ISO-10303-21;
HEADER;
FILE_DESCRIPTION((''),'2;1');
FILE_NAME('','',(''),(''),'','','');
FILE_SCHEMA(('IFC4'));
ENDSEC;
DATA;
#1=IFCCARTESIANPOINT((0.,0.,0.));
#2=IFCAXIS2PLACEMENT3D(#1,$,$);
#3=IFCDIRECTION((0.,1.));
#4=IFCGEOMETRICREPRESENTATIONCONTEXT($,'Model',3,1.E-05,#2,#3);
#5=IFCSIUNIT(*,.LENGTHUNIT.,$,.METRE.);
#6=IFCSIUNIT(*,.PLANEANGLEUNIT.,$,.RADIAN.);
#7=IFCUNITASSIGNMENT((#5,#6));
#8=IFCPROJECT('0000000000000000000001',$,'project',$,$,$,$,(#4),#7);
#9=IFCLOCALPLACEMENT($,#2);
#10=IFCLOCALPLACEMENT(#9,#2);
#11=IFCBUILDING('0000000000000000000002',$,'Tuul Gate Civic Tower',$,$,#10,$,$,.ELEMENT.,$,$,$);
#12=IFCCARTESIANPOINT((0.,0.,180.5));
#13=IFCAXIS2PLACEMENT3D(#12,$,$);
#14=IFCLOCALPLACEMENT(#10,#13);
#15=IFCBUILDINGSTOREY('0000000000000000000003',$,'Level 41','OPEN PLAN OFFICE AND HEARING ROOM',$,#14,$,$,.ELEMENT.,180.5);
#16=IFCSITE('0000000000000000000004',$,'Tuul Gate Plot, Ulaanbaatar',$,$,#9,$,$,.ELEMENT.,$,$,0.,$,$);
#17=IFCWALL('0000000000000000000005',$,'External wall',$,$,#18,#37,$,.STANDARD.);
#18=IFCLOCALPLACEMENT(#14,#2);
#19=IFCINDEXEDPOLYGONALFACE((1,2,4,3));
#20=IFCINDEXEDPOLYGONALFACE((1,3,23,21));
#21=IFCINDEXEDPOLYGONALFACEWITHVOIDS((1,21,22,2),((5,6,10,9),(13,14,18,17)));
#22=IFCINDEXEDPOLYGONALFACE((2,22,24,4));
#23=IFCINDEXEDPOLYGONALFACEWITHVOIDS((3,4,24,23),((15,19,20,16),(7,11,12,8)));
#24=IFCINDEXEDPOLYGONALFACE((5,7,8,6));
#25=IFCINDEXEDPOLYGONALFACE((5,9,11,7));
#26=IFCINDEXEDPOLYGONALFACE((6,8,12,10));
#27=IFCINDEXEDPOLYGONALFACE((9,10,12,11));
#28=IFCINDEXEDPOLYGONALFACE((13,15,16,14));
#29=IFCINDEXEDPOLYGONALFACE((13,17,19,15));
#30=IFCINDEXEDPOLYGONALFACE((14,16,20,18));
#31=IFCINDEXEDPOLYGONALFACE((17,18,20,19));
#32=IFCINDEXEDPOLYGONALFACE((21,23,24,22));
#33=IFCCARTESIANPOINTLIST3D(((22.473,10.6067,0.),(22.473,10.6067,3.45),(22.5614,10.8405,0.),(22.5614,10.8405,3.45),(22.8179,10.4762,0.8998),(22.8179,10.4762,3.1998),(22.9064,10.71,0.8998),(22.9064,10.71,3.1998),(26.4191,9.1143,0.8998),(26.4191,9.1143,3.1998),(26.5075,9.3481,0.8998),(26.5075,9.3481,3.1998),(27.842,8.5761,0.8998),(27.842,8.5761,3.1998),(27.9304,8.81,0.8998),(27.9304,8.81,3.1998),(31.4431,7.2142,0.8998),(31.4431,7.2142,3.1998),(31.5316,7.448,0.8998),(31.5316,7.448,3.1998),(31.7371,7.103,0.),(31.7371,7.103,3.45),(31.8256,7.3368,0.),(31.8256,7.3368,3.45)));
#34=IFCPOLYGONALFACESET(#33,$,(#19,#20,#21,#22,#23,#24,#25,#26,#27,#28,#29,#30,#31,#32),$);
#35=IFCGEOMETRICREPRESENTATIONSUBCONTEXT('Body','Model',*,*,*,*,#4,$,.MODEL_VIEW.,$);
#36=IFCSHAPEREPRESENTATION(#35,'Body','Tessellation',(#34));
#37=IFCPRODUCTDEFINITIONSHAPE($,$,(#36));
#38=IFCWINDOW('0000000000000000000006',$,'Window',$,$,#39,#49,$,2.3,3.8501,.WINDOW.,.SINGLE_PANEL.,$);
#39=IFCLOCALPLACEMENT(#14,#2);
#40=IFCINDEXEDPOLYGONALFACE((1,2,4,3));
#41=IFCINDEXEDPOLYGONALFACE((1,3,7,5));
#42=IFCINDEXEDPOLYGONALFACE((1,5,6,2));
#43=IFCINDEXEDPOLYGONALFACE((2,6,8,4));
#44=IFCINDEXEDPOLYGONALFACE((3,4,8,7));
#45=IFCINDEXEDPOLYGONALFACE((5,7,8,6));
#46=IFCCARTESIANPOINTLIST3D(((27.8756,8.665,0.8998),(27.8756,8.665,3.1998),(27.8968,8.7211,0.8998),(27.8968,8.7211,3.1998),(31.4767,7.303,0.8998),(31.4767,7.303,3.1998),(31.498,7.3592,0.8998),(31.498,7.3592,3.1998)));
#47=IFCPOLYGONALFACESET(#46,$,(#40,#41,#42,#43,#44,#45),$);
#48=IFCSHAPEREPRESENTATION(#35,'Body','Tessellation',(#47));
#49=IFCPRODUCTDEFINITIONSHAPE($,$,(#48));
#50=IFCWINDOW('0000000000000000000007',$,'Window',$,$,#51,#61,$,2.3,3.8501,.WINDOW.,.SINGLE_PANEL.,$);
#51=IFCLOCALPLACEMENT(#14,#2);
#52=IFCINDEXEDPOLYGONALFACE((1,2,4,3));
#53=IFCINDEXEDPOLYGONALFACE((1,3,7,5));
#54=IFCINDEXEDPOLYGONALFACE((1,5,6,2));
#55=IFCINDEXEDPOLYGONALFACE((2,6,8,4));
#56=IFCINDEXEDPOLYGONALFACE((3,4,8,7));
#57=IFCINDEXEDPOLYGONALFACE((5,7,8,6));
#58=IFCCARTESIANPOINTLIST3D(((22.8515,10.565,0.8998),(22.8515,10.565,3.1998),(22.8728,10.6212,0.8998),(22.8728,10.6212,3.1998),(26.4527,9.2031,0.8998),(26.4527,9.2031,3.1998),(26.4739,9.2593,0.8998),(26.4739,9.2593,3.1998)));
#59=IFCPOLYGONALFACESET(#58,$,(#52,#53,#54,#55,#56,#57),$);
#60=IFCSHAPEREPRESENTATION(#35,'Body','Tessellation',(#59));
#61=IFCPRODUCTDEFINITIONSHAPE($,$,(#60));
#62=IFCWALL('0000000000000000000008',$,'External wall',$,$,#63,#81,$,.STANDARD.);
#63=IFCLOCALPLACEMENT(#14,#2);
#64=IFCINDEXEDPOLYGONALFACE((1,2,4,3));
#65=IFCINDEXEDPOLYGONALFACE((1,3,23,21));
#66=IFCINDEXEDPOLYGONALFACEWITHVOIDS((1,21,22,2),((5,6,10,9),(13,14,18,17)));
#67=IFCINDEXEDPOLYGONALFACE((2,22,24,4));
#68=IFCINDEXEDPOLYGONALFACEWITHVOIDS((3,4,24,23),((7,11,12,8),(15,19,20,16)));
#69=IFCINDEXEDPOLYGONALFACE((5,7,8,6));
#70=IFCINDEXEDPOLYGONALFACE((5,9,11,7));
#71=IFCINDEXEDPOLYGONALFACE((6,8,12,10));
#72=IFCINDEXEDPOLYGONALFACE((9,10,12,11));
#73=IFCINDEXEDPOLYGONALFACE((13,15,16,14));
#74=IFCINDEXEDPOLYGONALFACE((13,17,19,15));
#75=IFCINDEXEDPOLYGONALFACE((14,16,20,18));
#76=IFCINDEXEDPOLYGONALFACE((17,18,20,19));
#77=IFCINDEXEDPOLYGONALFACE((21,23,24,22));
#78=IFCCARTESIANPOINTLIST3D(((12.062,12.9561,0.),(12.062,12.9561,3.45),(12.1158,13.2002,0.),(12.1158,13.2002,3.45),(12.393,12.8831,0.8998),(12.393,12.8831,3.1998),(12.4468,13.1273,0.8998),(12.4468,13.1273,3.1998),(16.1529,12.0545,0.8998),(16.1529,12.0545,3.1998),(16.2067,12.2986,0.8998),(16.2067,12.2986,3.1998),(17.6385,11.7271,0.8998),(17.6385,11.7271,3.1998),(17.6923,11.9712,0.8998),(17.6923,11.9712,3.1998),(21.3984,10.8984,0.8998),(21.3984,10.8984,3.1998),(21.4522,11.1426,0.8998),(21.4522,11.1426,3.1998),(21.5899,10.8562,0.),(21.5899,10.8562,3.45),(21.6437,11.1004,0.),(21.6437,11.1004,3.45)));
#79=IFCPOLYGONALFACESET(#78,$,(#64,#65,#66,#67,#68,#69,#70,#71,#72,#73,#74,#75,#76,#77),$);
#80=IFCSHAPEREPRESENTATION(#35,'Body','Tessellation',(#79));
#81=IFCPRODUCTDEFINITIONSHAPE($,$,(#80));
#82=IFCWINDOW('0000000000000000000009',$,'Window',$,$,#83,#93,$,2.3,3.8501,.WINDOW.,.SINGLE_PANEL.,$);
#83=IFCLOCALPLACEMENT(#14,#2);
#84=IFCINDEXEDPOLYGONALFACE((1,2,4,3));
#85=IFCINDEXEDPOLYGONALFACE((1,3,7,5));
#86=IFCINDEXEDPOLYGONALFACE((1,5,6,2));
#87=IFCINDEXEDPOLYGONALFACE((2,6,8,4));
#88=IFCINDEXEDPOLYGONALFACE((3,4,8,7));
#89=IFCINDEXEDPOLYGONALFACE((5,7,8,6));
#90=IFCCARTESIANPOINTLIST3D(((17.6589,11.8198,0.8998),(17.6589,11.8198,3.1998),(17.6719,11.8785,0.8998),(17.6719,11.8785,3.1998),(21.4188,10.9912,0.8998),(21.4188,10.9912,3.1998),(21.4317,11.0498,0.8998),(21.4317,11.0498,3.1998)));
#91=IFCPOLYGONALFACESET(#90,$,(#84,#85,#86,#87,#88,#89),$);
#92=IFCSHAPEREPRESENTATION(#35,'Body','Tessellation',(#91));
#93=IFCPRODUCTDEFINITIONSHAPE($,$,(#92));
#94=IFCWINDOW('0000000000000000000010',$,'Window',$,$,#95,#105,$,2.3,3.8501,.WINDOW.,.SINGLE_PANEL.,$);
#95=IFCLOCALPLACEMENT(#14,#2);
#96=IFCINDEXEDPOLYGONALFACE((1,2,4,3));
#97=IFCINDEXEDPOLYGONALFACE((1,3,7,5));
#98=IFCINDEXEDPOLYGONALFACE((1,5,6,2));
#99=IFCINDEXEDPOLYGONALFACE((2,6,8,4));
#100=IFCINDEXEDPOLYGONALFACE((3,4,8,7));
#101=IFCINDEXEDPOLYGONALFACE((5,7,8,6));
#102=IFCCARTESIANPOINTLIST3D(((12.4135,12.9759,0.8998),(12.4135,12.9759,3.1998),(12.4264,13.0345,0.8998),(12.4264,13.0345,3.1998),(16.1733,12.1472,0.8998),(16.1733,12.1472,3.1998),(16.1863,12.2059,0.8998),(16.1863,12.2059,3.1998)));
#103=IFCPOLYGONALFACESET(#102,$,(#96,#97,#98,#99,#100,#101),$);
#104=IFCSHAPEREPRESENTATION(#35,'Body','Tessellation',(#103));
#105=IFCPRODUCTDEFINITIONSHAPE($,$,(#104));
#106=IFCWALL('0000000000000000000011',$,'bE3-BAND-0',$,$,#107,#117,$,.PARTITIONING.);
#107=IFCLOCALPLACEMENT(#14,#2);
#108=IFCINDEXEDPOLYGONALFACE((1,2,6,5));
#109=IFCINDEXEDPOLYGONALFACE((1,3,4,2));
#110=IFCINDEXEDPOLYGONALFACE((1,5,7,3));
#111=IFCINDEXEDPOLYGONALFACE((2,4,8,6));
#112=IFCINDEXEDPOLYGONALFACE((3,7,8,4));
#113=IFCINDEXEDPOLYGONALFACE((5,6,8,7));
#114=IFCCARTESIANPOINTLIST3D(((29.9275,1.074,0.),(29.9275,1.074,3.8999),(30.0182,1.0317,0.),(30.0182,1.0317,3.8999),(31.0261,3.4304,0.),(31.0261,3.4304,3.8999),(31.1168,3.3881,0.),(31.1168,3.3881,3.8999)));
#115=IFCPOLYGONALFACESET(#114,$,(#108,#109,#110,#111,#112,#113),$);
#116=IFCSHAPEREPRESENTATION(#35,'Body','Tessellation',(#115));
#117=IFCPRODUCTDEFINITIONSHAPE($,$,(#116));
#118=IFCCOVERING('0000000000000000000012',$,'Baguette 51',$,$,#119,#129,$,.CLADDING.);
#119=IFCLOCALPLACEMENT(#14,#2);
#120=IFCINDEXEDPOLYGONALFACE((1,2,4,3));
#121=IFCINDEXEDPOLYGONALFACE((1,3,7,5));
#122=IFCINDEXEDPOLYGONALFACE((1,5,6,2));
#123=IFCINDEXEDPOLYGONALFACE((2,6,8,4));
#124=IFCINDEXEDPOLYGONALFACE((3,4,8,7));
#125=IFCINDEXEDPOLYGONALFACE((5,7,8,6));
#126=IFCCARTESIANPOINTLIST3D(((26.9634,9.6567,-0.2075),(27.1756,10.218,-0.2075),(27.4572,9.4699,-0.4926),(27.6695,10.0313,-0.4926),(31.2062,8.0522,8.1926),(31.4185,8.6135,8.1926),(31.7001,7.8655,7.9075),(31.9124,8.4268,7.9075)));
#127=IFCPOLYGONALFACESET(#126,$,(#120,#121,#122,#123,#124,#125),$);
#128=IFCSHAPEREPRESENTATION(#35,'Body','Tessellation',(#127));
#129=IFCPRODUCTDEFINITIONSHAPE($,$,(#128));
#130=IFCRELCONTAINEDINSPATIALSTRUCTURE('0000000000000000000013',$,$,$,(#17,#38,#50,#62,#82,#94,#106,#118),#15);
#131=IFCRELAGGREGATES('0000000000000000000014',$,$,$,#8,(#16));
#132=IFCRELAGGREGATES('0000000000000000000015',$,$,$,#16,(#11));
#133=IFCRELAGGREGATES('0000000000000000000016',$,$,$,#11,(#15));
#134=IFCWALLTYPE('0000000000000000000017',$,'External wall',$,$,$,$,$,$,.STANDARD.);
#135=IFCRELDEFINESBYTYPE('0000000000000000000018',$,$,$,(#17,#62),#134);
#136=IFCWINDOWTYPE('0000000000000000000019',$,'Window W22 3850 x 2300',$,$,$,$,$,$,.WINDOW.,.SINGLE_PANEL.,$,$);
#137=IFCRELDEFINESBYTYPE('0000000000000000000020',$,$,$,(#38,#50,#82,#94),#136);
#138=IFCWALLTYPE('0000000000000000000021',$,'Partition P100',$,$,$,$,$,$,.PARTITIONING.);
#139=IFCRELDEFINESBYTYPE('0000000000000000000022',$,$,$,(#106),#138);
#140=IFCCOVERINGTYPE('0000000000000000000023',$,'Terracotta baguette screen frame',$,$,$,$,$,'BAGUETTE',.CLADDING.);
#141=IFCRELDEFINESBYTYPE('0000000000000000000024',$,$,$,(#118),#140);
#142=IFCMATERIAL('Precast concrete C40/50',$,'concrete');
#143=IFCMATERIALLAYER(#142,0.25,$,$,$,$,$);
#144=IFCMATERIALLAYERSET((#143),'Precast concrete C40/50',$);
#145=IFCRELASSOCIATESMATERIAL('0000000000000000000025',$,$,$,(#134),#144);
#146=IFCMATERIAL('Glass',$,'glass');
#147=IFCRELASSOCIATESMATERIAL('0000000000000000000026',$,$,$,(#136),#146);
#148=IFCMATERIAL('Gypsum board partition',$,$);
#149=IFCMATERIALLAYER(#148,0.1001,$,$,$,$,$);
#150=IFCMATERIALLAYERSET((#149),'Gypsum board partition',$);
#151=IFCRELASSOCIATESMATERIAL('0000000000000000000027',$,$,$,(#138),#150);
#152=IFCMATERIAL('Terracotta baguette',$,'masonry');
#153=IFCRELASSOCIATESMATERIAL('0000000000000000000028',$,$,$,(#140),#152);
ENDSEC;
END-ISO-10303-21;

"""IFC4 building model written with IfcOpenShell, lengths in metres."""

from ifc_helpers import new_model, si_unit, direction, frame, frame_2d, origin, origin_2d, place, context, subcontext, project, spatial, rectangle, extrude, material, layer, layer_set, material_profile, profile_set, type_object, element, fill, save


model = new_model("IFC4")

# Units and contexts
model_context = context("Model", 3, precision=1e-05, world=origin(), true_north=direction((0.0, 1.0)))
body_context = subcontext(model_context, "Body", "Model", "MODEL_VIEW")
ifc_project = project(units=[si_unit("LENGTHUNIT", "METRE"), si_unit("PLANEANGLEUNIT", "RADIAN")], contexts=[model_context])

# Site, building, storey
site_placement = place(None, origin())
site = spatial("IfcSite", under=ifc_project, at=site_placement, Name="Tuul Gate Plot, Ulaanbaatar", CompositionType="ELEMENT", RefElevation=0.0)
building_placement = place(site_placement, origin())
building = spatial("IfcBuilding", under=site, at=building_placement, Name="Tuul Gate Civic Tower", CompositionType="ELEMENT")
storey_placement = place(building_placement, frame((0.0, 0.0, 180.5)))
storey = spatial("IfcBuildingStorey", under=building, at=storey_placement, Name="Level 41", Description="OPEN PLAN OFFICE AND HEARING ROOM", CompositionType="ELEMENT", Elevation=180.5)

# Walls, openings, windows
ifc_material_1 = material(Name="Precast concrete C40/50", Category="concrete")
ifc_layer_1 = layer(ifc_material_1, 0.25)
ifc_layer_set_1 = layer_set([ifc_layer_1], Name="Precast concrete C40/50")
wall_type_1 = type_object("IfcWallType", Name="External wall", PredefinedType="STANDARD", material=ifc_layer_set_1)
wall_1_placement = place(storey_placement, frame((31.7812, 7.22, 0.0), z_axis=(0.0, 0.0, 1.0), x_axis=(-0.935343, 0.353742, 0.0)))
wall_1 = element("IfcWall", 1, at=wall_1_placement, inside=storey, type_object=wall_type_1, Name="External wall", PredefinedType="STANDARD", context=body_context, shape_type="SweptSolid", body=[
    extrude(rectangle(XDim=9.9045, YDim=0.25, at=frame_2d((4.9521, 0.0))), origin(), (0.0, 0.0, 1.0), 3.45),
])
opening_1_placement = place(wall_1_placement, frame((0.3142, 0.0, 0.8999)))
opening_1 = element("IfcOpeningElement", 2, at=opening_1_placement, cuts=wall_1, PredefinedType="OPENING", context=body_context, shape_type="SweptSolid", body=[
    extrude(rectangle(XDim=3.8501, YDim=2.3, at=frame_2d((1.925, 1.1499))), frame((0.0, 0.135, 0.0), z_axis=(0.0, -1.0, 0.0), x_axis=(1.0, 0.0, 0.0)), (0.0, 0.0, 1.0), 0.27),
])
opening_2_placement = place(wall_1_placement, frame((5.6855, 0.0, 0.8999)))
opening_2 = element("IfcOpeningElement", 3, at=opening_2_placement, cuts=wall_1, PredefinedType="OPENING", context=body_context, shape_type="SweptSolid", body=[
    extrude(rectangle(XDim=3.8501, YDim=2.3, at=frame_2d((1.925, 1.1499))), frame((0.0, 0.135, 0.0), z_axis=(0.0, -1.0, 0.0), x_axis=(1.0, 0.0, 0.0)), (0.0, 0.0, 1.0), 0.27),
])
ifc_material_2 = material(Name="Glass", Category="glass")
window_type = type_object("IfcWindowType", Name="Window W22 3850 x 2300", PartitioningType="SINGLE_PANEL", PredefinedType="WINDOW", material=ifc_material_2)
window_1_placement = place(opening_1_placement, origin())
window_1 = element("IfcWindow", 4, at=window_1_placement, inside=storey, type_object=window_type, Name="Window", OverallHeight=2.3, OverallWidth=3.8501, PartitioningType="SINGLE_PANEL", PredefinedType="WINDOW", context=body_context, shape_type="SweptSolid", body=[
    extrude(rectangle(XDim=3.8501, YDim=2.3, at=frame_2d((1.925, 1.1499))), frame((0.0, 0.03, 0.0), z_axis=(0.0, -1.0, 0.0), x_axis=(1.0, 0.0, 0.0)), (0.0, 0.0, 1.0), 0.0601),
])
fill(opening_1, window_1)
window_2_placement = place(opening_2_placement, origin())
window_2 = element("IfcWindow", 5, at=window_2_placement, inside=storey, type_object=window_type, Name="Window", OverallHeight=2.3, OverallWidth=3.8501, PartitioningType="SINGLE_PANEL", PredefinedType="WINDOW", context=body_context, shape_type="SweptSolid", body=[
    extrude(rectangle(XDim=3.8501, YDim=2.3, at=frame_2d((1.925, 1.1499))), frame((0.0, 0.03, 0.0), z_axis=(0.0, -1.0, 0.0), x_axis=(1.0, 0.0, 0.0)), (0.0, 0.0, 1.0), 0.0601),
])
fill(opening_2, window_2)
wall_2_placement = place(storey_placement, frame((21.6169, 10.9783, 0.0), z_axis=(0.0, 0.0, 1.0), x_axis=(-0.976564, 0.215226, 0.0)))
wall_2 = element("IfcWall", 6, at=wall_2_placement, inside=storey, type_object=wall_type_1, Name="External wall", PredefinedType="STANDARD", context=body_context, shape_type="SweptSolid", body=[
    extrude(rectangle(XDim=9.7566, YDim=0.25, at=frame_2d((4.8784, 0.0))), origin(), (0.0, 0.0, 1.0), 3.45),
])
opening_3_placement = place(wall_2_placement, frame((0.1963, 0.0, 0.8999)))
opening_3 = element("IfcOpeningElement", 7, at=opening_3_placement, cuts=wall_2, PredefinedType="OPENING", context=body_context, shape_type="SweptSolid", body=[
    extrude(rectangle(XDim=3.8501, YDim=2.3, at=frame_2d((1.925, 1.1499))), frame((0.0, 0.135, 0.0), z_axis=(0.0, -1.0, 0.0), x_axis=(1.0, 0.0, 0.0)), (0.0, 0.0, 1.0), 0.27),
])
opening_4_placement = place(wall_2_placement, frame((5.5676, 0.0, 0.8999)))
opening_4 = element("IfcOpeningElement", 8, at=opening_4_placement, cuts=wall_2, PredefinedType="OPENING", context=body_context, shape_type="SweptSolid", body=[
    extrude(rectangle(XDim=3.8501, YDim=2.3, at=frame_2d((1.925, 1.1499))), frame((0.0, 0.135, 0.0), z_axis=(0.0, -1.0, 0.0), x_axis=(1.0, 0.0, 0.0)), (0.0, 0.0, 1.0), 0.27),
])
window_3_placement = place(opening_3_placement, origin())
window_3 = element("IfcWindow", 9, at=window_3_placement, inside=storey, type_object=window_type, Name="Window", OverallHeight=2.3, OverallWidth=3.8501, PartitioningType="SINGLE_PANEL", PredefinedType="WINDOW", context=body_context, shape_type="SweptSolid", body=[
    extrude(rectangle(XDim=3.8501, YDim=2.3, at=frame_2d((1.925, 1.1499))), frame((0.0, 0.03, 0.0), z_axis=(0.0, -1.0, 0.0), x_axis=(1.0, 0.0, 0.0)), (0.0, 0.0, 1.0), 0.0601),
])
fill(opening_3, window_3)
window_4_placement = place(opening_4_placement, origin())
window_4 = element("IfcWindow", 10, at=window_4_placement, inside=storey, type_object=window_type, Name="Window", OverallHeight=2.3, OverallWidth=3.8501, PartitioningType="SINGLE_PANEL", PredefinedType="WINDOW", context=body_context, shape_type="SweptSolid", body=[
    extrude(rectangle(XDim=3.8501, YDim=2.3, at=frame_2d((1.925, 1.1499))), frame((0.0, 0.03, 0.0), z_axis=(0.0, -1.0, 0.0), x_axis=(1.0, 0.0, 0.0)), (0.0, 0.0, 1.0), 0.0601),
])
fill(opening_4, window_4)

# Wall
ifc_material_3 = material(Name="Gypsum board partition")
ifc_layer_2 = layer(ifc_material_3, 0.1001)
ifc_layer_set_2 = layer_set([ifc_layer_2], Name="Gypsum board partition")
wall_type_2 = type_object("IfcWallType", Name="Partition P100", PredefinedType="PARTITIONING", material=ifc_layer_set_2)
wall_3_placement = place(storey_placement, frame((29.9729, 1.053, 0.0), z_axis=(0.0, 0.0, 1.0), x_axis=(0.422556, 0.906337, 0.0)))
element("IfcWall", 11, at=wall_3_placement, inside=storey, type_object=wall_type_2, Name="bE3-BAND-0", PredefinedType="PARTITIONING", context=body_context, shape_type="SweptSolid", body=[
    extrude(rectangle(XDim=2.5999, YDim=0.1001, at=frame_2d((1.2998, 0.0))), origin(), (0.0, 0.0, 1.0), 3.8999),
])

# Covering
ifc_material_4 = material(Name="Terracotta baguette", Category="masonry")
ifc_material_profile_1 = material_profile(ifc_material_4, rectangle(XDim=0.6001, YDim=0.6001, at=origin_2d()), Name="Terracotta baguette screen frame")
ifc_profile_set_1 = profile_set([ifc_material_profile_1], Name="Terracotta baguette")
covering_type = type_object("IfcCoveringType", Name="Terracotta baguette screen frame", ElementType="BAGUETTE", PredefinedType="CLADDING", material=ifc_profile_set_1)
covering_placement = place(storey_placement, frame((31.5593, 8.2395, 8.05), z_axis=(-0.444439, 0.168068, -0.879902), x_axis=(-0.353711, -0.935355, 0.0)))
element("IfcCovering", 12, at=covering_placement, inside=storey, type_object=covering_type, Name="Baguette 51", PredefinedType="CLADDING", context=body_context, shape_type="SweptSolid", body=[
    extrude(rectangle(XDim=0.6001, YDim=0.6001, at=origin_2d()), origin(), (0.0, 0.0, 1.0), 9.5466),
])

save(model, "model.ifc")
